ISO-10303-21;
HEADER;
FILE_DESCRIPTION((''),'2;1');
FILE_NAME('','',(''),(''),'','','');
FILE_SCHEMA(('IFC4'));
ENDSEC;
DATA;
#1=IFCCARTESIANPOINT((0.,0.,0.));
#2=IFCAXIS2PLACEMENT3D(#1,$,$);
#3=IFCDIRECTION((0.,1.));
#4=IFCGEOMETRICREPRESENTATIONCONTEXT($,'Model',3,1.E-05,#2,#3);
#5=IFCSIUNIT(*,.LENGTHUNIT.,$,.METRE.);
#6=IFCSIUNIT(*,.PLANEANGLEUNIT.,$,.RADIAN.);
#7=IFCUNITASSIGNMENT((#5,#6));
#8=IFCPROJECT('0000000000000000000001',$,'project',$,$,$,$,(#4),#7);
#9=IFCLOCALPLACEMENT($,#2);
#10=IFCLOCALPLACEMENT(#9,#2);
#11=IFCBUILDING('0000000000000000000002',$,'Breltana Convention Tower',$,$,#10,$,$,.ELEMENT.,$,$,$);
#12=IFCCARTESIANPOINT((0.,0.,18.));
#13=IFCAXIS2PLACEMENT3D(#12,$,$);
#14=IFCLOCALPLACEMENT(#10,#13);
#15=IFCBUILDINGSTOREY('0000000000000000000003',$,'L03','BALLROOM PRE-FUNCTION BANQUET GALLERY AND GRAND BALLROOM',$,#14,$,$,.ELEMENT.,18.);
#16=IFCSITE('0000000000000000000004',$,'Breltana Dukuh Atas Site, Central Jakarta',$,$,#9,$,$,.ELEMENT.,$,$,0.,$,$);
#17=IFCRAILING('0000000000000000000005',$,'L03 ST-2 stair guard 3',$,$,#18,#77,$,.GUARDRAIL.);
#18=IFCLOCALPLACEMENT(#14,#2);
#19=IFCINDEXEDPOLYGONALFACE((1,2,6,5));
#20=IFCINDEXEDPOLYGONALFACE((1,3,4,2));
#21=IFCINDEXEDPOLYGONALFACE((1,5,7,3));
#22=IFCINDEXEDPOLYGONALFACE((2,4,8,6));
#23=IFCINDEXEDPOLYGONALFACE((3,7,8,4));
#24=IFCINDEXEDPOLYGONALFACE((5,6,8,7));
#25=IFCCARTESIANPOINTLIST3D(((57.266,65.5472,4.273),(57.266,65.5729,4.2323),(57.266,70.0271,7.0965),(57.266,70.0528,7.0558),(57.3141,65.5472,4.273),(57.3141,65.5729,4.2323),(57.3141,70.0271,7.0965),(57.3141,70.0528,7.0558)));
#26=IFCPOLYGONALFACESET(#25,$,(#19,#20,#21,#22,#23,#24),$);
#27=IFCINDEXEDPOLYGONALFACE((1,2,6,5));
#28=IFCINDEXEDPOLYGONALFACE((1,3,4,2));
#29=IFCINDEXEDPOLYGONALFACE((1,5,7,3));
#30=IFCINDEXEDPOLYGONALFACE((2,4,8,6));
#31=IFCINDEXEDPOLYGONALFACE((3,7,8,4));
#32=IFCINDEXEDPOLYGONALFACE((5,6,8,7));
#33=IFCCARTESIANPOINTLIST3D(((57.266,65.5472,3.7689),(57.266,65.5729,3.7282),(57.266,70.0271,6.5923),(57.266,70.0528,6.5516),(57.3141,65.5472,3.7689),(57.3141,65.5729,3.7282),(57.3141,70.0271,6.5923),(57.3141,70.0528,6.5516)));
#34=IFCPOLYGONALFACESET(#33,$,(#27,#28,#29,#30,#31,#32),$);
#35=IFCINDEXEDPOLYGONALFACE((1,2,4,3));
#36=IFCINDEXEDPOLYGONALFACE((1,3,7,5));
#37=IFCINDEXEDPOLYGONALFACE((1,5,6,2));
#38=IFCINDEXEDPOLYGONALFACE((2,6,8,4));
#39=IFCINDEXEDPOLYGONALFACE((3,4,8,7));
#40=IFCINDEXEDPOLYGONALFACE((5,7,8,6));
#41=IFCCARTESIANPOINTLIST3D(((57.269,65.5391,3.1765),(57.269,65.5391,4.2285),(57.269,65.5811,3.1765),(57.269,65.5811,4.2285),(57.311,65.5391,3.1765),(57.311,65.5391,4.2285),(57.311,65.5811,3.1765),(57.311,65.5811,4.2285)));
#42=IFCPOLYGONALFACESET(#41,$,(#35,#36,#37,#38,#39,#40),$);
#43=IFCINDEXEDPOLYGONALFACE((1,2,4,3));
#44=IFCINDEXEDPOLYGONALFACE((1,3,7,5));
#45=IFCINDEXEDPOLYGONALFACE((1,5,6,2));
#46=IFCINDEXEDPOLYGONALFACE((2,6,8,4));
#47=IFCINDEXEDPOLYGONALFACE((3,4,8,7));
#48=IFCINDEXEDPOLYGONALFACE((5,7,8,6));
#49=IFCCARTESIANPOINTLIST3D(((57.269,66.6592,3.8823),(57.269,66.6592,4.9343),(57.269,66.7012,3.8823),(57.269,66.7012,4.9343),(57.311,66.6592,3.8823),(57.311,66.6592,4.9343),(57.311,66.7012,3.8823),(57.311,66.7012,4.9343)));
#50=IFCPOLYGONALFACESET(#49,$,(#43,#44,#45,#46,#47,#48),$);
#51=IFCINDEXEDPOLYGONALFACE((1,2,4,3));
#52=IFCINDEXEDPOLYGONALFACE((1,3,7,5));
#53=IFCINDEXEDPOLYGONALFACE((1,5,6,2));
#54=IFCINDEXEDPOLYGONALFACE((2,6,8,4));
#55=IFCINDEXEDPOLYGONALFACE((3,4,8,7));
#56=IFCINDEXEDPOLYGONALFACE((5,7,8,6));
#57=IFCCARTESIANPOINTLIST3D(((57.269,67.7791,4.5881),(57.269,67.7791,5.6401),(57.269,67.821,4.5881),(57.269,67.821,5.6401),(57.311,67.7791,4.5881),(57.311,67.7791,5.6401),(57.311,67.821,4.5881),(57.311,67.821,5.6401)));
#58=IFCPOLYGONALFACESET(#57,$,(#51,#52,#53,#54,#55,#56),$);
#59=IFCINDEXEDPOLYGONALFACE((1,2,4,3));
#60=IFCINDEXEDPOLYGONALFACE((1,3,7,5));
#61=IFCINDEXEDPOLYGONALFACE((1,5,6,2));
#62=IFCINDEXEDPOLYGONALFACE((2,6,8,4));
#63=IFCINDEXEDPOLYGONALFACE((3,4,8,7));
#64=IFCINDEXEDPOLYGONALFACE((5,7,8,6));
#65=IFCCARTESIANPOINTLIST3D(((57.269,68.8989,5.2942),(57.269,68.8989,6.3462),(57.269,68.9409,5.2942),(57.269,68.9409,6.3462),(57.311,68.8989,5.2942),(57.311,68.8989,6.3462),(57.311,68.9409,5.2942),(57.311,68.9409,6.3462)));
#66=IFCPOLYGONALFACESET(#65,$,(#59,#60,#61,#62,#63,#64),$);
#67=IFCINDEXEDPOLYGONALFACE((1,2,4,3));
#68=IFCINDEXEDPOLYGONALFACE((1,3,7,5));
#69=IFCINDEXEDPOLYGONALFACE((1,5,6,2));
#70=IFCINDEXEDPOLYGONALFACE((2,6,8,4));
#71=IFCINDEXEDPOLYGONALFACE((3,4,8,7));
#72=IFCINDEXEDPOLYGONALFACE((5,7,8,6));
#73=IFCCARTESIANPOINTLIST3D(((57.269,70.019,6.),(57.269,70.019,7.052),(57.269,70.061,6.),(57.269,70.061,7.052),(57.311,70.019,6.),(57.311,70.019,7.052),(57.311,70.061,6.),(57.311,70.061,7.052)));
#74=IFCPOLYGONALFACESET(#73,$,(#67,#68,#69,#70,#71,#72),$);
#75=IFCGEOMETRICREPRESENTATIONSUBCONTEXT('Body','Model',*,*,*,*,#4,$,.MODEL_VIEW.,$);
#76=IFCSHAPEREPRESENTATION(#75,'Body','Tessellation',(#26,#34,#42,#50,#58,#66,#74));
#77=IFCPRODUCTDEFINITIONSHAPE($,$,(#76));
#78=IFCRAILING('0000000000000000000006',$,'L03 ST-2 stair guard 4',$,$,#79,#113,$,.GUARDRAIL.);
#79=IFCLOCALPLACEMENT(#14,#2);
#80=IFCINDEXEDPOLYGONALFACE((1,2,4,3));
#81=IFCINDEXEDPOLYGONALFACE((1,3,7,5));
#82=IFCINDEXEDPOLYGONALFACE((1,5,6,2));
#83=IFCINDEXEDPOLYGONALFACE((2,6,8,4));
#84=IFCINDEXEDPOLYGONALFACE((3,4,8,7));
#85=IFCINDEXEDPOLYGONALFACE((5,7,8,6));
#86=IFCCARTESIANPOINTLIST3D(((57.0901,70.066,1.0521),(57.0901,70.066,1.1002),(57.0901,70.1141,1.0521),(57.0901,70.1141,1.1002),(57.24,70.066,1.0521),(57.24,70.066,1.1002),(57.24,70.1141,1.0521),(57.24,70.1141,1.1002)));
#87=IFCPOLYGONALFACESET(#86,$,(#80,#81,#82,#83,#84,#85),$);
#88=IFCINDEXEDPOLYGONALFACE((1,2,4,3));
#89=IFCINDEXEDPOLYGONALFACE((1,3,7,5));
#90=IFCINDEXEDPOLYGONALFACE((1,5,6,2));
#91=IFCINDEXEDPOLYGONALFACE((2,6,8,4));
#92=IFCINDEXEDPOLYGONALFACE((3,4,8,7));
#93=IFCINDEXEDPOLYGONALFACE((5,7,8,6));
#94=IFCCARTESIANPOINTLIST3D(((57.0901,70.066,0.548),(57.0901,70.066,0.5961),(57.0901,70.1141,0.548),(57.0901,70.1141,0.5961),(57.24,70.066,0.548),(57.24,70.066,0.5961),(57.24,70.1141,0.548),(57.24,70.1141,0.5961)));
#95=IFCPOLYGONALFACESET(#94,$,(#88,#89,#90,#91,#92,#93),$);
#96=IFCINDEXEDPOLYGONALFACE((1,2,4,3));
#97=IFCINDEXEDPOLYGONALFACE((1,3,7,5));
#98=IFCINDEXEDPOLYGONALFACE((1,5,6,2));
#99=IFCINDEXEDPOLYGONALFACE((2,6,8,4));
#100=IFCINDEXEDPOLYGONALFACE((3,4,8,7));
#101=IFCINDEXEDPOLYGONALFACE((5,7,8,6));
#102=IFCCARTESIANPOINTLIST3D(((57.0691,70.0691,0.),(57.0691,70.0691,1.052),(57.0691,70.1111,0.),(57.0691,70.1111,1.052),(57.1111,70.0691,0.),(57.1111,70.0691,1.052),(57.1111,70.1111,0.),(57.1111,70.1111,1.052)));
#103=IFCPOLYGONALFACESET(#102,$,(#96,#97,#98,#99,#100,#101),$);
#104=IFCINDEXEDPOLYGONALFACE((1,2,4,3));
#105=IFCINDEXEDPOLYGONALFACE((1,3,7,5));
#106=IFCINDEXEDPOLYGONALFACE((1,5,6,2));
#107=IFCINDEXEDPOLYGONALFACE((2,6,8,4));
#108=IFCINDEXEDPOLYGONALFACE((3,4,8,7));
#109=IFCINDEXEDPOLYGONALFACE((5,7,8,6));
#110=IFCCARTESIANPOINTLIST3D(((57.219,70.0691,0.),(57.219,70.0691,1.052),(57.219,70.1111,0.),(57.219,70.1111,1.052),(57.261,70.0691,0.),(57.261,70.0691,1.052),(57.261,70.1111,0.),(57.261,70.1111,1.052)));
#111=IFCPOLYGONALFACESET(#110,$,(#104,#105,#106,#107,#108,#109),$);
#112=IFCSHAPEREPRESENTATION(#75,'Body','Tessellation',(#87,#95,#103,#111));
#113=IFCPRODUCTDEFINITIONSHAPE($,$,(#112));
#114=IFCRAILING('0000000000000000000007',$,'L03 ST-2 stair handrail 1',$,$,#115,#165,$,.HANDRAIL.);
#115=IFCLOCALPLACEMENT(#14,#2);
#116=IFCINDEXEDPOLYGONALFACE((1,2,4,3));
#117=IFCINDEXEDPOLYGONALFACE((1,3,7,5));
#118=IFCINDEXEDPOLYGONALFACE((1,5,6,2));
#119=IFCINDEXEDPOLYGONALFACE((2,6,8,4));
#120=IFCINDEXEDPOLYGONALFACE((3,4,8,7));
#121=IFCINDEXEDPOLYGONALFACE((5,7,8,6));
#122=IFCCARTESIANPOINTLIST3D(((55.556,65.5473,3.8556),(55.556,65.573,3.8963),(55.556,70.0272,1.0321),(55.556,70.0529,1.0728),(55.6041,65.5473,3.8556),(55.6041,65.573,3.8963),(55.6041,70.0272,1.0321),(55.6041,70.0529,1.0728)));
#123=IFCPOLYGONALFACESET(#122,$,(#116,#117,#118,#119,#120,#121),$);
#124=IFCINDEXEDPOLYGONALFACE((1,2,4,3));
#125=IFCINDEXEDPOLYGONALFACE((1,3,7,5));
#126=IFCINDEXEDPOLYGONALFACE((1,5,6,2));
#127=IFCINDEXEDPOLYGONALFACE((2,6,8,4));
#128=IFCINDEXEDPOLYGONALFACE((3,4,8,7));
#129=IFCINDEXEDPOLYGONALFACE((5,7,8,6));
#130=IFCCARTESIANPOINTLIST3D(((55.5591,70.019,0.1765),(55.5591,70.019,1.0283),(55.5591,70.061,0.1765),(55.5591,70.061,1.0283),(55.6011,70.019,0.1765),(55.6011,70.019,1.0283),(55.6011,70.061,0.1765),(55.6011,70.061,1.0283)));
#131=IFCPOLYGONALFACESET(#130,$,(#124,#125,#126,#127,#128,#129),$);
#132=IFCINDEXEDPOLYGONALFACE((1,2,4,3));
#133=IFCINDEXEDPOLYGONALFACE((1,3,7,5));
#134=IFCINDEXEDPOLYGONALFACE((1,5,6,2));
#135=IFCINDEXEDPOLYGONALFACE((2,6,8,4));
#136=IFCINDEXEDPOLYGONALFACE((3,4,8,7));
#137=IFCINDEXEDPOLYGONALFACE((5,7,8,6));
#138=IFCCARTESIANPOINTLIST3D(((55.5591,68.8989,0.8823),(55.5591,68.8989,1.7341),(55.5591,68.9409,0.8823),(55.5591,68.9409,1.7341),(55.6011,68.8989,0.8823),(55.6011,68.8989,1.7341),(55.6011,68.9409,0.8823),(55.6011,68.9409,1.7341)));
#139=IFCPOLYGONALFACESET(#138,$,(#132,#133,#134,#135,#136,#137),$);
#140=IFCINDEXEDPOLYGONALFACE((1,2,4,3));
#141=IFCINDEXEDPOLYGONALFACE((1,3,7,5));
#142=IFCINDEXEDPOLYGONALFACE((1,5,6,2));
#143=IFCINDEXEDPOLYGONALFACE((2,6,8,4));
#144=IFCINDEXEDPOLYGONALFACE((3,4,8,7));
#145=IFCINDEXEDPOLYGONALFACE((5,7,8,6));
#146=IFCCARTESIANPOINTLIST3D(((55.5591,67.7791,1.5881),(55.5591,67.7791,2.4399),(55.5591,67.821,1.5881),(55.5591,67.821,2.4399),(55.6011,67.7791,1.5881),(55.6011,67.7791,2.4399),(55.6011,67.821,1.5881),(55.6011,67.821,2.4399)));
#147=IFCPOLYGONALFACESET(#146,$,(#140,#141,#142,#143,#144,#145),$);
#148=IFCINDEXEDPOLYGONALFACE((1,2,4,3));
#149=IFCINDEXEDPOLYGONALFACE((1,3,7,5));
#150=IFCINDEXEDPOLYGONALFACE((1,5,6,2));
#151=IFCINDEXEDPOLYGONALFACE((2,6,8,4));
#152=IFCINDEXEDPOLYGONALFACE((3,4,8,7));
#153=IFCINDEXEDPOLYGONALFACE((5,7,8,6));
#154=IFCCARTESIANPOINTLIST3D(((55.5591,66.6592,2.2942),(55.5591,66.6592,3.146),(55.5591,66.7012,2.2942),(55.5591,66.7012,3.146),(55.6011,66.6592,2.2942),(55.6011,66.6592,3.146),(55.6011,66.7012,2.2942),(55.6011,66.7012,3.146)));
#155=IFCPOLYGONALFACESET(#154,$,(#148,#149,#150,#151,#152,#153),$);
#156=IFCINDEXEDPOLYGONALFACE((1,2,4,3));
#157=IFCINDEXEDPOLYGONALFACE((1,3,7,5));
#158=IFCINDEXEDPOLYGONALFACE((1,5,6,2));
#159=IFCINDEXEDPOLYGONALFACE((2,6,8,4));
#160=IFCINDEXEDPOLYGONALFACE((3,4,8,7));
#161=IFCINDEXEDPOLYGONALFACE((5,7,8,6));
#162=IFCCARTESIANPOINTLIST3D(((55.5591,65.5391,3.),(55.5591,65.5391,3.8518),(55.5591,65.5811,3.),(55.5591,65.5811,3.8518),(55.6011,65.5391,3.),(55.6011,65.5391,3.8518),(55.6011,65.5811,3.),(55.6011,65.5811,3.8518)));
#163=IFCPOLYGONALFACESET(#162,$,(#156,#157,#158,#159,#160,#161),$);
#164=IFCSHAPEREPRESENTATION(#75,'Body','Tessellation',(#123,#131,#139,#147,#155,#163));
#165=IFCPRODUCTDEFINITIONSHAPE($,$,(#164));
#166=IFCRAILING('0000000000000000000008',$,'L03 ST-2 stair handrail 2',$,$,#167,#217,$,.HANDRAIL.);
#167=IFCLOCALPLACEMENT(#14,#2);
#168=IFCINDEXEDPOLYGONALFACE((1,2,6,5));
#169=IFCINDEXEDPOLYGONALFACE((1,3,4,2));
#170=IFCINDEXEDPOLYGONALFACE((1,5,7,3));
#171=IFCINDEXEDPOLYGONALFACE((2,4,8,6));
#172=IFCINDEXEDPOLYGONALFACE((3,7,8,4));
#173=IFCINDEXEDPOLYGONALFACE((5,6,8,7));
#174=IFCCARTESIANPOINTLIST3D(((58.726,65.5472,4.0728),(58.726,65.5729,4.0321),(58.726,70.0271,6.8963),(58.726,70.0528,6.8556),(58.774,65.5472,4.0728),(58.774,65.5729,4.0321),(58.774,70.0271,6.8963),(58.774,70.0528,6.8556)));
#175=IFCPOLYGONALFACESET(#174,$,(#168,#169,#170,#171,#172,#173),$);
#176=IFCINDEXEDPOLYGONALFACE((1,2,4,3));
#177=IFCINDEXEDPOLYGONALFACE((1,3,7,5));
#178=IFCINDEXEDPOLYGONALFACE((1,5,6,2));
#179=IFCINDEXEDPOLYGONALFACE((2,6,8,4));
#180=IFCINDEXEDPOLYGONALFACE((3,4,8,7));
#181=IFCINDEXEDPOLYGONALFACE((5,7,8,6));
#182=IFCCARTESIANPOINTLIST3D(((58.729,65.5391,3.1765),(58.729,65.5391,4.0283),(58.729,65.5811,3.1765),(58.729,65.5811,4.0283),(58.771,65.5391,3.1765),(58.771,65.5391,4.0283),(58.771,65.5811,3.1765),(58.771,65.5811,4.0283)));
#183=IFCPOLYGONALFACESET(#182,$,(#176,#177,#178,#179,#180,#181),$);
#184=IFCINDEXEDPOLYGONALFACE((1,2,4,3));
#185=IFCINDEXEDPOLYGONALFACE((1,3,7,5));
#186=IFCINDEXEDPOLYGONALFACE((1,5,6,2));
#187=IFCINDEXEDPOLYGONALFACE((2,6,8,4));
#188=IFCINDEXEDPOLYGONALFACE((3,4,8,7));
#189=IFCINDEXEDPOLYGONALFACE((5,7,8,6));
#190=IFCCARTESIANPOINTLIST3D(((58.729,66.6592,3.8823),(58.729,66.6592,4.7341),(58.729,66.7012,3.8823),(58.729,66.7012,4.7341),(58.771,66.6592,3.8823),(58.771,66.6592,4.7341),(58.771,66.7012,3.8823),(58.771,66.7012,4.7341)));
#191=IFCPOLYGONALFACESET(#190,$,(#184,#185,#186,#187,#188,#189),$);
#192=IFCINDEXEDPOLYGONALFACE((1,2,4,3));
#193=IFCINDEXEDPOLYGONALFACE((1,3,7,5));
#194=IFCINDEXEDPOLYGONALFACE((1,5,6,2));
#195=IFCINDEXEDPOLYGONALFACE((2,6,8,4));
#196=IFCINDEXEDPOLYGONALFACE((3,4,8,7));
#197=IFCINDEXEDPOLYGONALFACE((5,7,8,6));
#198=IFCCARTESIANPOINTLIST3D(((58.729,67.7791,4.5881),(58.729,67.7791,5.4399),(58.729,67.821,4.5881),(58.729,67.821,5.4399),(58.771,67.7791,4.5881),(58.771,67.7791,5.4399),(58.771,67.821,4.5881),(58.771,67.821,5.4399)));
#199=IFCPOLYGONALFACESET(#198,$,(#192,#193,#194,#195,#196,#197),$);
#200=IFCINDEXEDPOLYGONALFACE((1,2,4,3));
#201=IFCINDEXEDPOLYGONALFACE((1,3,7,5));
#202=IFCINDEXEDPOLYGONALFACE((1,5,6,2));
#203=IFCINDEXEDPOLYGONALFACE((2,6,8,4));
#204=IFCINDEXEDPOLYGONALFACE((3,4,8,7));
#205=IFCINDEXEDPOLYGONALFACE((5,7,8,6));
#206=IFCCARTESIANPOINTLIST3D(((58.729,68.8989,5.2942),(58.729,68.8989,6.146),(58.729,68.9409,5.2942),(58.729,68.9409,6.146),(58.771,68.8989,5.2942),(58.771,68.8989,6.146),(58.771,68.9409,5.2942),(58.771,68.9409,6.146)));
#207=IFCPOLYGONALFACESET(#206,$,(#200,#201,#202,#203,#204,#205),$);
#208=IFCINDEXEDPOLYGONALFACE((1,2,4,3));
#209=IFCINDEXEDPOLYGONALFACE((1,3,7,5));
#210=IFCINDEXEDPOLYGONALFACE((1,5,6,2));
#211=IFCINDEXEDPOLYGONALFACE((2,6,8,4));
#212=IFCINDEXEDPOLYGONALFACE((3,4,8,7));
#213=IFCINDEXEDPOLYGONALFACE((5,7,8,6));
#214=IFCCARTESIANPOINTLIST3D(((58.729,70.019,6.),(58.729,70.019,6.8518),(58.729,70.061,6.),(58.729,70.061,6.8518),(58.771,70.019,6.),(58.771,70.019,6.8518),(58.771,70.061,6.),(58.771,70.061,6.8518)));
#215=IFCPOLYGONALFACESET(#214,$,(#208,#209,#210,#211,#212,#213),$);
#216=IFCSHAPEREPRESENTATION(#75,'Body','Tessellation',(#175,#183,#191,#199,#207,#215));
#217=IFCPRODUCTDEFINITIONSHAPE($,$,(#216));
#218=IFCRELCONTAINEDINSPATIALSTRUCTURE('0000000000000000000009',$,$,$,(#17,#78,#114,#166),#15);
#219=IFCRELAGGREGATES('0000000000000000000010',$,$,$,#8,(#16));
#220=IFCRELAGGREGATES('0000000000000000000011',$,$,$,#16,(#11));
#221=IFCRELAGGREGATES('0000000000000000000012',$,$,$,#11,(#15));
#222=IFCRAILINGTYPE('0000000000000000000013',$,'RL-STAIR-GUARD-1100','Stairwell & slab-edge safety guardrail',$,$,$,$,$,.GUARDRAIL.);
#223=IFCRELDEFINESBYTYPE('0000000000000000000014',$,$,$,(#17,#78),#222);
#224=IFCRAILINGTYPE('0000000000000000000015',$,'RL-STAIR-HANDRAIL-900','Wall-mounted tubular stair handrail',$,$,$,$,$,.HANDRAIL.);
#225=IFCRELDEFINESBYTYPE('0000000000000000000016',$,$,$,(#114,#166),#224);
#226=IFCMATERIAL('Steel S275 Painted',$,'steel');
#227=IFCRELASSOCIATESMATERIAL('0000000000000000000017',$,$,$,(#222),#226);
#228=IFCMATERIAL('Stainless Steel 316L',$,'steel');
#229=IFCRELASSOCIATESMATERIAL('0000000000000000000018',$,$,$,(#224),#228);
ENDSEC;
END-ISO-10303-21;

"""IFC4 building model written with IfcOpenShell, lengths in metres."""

from ifc_helpers import new_model, si_unit, direction, frame, origin, origin_2d, place, context, subcontext, project, spatial, rectangle, extrude, material, type_object, element, save


model = new_model("IFC4")

# Units and contexts
model_context = context("Model", 3, precision=1e-05, world=origin(), true_north=direction((0.0, 1.0)))
body_context = subcontext(model_context, "Body", "Model", "MODEL_VIEW")
ifc_project = project(units=[si_unit("LENGTHUNIT", "METRE"), si_unit("PLANEANGLEUNIT", "RADIAN")], contexts=[model_context])

# Site, building, storey
site_placement = place(None, origin())
site = spatial("IfcSite", under=ifc_project, at=site_placement, Name="Breltana Dukuh Atas Site, Central Jakarta", CompositionType="ELEMENT", RefElevation=0.0)
building_placement = place(site_placement, origin())
building = spatial("IfcBuilding", under=site, at=building_placement, Name="Breltana Convention Tower", CompositionType="ELEMENT")
storey_placement = place(building_placement, frame((0.0, 0.0, 18.0)))
storey = spatial("IfcBuildingStorey", under=building, at=storey_placement, Name="L03", Description="BALLROOM PRE-FUNCTION BANQUET GALLERY AND GRAND BALLROOM", CompositionType="ELEMENT", Elevation=18.0)

# Railings
ifc_material_1 = material(Name="Steel S275 Painted", Category="steel")
railing_type_1 = type_object("IfcRailingType", Name="RL-STAIR-GUARD-1100", Description="Stairwell & slab-edge safety guardrail", PredefinedType="GUARDRAIL", material=ifc_material_1)
railing_1_placement = place(storey_placement, frame((57.29, 65.5601, 3.1765)))
element("IfcRailing", 1, at=railing_1_placement, inside=storey, type_object=railing_type_1, Name="L03 ST-2 stair guard 3", PredefinedType="GUARDRAIL", context=body_context, shape_type="SweptSolid", body=[
    extrude(rectangle(XDim=0.0481, YDim=0.0481, at=origin_2d()), frame((0.0, 0.0, 1.0762), z_axis=(0.0, 0.845998, 0.533186), x_axis=(-1.0, 0.0, 0.0)), (0.0, 0.0, 1.0), 5.2954),
    extrude(rectangle(XDim=0.0481, YDim=0.0481, at=origin_2d()), frame((0.0, 0.0, 0.572), z_axis=(0.0, 0.845998, 0.533186), x_axis=(-1.0, 0.0, 0.0)), (0.0, 0.0, 1.0), 5.2954),
    extrude(rectangle(XDim=0.042, YDim=0.042, at=origin_2d()), origin(), (0.0, 0.0, 1.0), 1.052),
    extrude(rectangle(XDim=0.042, YDim=0.042, at=origin_2d()), frame((0.0, 1.1201, 0.7058)), (0.0, 0.0, 1.0), 1.052),
    extrude(rectangle(XDim=0.042, YDim=0.042, at=origin_2d()), frame((0.0, 2.24, 1.4116)), (0.0, 0.0, 1.0), 1.052),
    extrude(rectangle(XDim=0.042, YDim=0.042, at=origin_2d()), frame((0.0, 3.3599, 2.1177)), (0.0, 0.0, 1.0), 1.052),
    extrude(rectangle(XDim=0.042, YDim=0.042, at=origin_2d()), frame((0.0, 4.48, 2.8235)), (0.0, 0.0, 1.0), 1.052),
])
railing_2_placement = place(storey_placement, frame((57.0901, 70.0901, 0.0)))
element("IfcRailing", 2, at=railing_2_placement, inside=storey, type_object=railing_type_1, Name="L03 ST-2 stair guard 4", PredefinedType="GUARDRAIL", context=body_context, shape_type="SweptSolid", body=[
    extrude(rectangle(XDim=0.0481, YDim=0.0481, at=origin_2d()), frame((0.0, 0.0, 1.0762), z_axis=(1.0, 0.0, 0.0), x_axis=(0.0, 1.0, 0.0)), (0.0, 0.0, 1.0), 0.1499),
    extrude(rectangle(XDim=0.0481, YDim=0.0481, at=origin_2d()), frame((0.0, 0.0, 0.572), z_axis=(1.0, 0.0, 0.0), x_axis=(0.0, 1.0, 0.0)), (0.0, 0.0, 1.0), 0.1499),
    extrude(rectangle(XDim=0.042, YDim=0.042, at=origin_2d()), origin(), (0.0, 0.0, 1.0), 1.052),
    extrude(rectangle(XDim=0.042, YDim=0.042, at=origin_2d()), frame((0.1499, 0.0, 0.0)), (0.0, 0.0, 1.0), 1.052),
])
ifc_material_2 = material(Name="Stainless Steel 316L", Category="steel")
railing_type_2 = type_object("IfcRailingType", Name="RL-STAIR-HANDRAIL-900", Description="Wall-mounted tubular stair handrail", PredefinedType="HANDRAIL", material=ifc_material_2)
railing_3_placement = place(storey_placement, frame((55.5801, 70.04, 0.1765)))
element("IfcRailing", 3, at=railing_3_placement, inside=storey, type_object=railing_type_2, Name="L03 ST-2 stair handrail 1", PredefinedType="HANDRAIL", context=body_context, shape_type="SweptSolid", body=[
    extrude(rectangle(XDim=0.0481, YDim=0.0481, at=origin_2d()), frame((0.0, 0.0, 0.876), z_axis=(0.0, -0.845998, 0.533186), x_axis=(1.0, 0.0, 0.0)), (0.0, 0.0, 1.0), 5.2954),
    extrude(rectangle(XDim=0.042, YDim=0.042, at=origin_2d()), origin(), (0.0, 0.0, 1.0), 0.8518),
    extrude(rectangle(XDim=0.042, YDim=0.042, at=origin_2d()), frame((0.0, -1.1201, 0.7058)), (0.0, 0.0, 1.0), 0.8518),
    extrude(rectangle(XDim=0.042, YDim=0.042, at=origin_2d()), frame((0.0, -2.24, 1.4116)), (0.0, 0.0, 1.0), 0.8518),
    extrude(rectangle(XDim=0.042, YDim=0.042, at=origin_2d()), frame((0.0, -3.3599, 2.1177)), (0.0, 0.0, 1.0), 0.8518),
    extrude(rectangle(XDim=0.042, YDim=0.042, at=origin_2d()), frame((0.0, -4.48, 2.8235)), (0.0, 0.0, 1.0), 0.8518),
])
railing_4_placement = place(storey_placement, frame((58.75, 65.5601, 3.1765)))
element("IfcRailing", 4, at=railing_4_placement, inside=storey, type_object=railing_type_2, Name="L03 ST-2 stair handrail 2", PredefinedType="HANDRAIL", context=body_context, shape_type="SweptSolid", body=[
    extrude(rectangle(XDim=0.0481, YDim=0.0481, at=origin_2d()), frame((0.0, 0.0, 0.876), z_axis=(0.0, 0.845998, 0.533186), x_axis=(-1.0, 0.0, 0.0)), (0.0, 0.0, 1.0), 5.2954),
    extrude(rectangle(XDim=0.042, YDim=0.042, at=origin_2d()), origin(), (0.0, 0.0, 1.0), 0.8518),
    extrude(rectangle(XDim=0.042, YDim=0.042, at=origin_2d()), frame((0.0, 1.1201, 0.7058)), (0.0, 0.0, 1.0), 0.8518),
    extrude(rectangle(XDim=0.042, YDim=0.042, at=origin_2d()), frame((0.0, 2.24, 1.4116)), (0.0, 0.0, 1.0), 0.8518),
    extrude(rectangle(XDim=0.042, YDim=0.042, at=origin_2d()), frame((0.0, 3.3599, 2.1177)), (0.0, 0.0, 1.0), 0.8518),
    extrude(rectangle(XDim=0.042, YDim=0.042, at=origin_2d()), frame((0.0, 4.48, 2.8235)), (0.0, 0.0, 1.0), 0.8518),
])

save(model, "model.ifc")
